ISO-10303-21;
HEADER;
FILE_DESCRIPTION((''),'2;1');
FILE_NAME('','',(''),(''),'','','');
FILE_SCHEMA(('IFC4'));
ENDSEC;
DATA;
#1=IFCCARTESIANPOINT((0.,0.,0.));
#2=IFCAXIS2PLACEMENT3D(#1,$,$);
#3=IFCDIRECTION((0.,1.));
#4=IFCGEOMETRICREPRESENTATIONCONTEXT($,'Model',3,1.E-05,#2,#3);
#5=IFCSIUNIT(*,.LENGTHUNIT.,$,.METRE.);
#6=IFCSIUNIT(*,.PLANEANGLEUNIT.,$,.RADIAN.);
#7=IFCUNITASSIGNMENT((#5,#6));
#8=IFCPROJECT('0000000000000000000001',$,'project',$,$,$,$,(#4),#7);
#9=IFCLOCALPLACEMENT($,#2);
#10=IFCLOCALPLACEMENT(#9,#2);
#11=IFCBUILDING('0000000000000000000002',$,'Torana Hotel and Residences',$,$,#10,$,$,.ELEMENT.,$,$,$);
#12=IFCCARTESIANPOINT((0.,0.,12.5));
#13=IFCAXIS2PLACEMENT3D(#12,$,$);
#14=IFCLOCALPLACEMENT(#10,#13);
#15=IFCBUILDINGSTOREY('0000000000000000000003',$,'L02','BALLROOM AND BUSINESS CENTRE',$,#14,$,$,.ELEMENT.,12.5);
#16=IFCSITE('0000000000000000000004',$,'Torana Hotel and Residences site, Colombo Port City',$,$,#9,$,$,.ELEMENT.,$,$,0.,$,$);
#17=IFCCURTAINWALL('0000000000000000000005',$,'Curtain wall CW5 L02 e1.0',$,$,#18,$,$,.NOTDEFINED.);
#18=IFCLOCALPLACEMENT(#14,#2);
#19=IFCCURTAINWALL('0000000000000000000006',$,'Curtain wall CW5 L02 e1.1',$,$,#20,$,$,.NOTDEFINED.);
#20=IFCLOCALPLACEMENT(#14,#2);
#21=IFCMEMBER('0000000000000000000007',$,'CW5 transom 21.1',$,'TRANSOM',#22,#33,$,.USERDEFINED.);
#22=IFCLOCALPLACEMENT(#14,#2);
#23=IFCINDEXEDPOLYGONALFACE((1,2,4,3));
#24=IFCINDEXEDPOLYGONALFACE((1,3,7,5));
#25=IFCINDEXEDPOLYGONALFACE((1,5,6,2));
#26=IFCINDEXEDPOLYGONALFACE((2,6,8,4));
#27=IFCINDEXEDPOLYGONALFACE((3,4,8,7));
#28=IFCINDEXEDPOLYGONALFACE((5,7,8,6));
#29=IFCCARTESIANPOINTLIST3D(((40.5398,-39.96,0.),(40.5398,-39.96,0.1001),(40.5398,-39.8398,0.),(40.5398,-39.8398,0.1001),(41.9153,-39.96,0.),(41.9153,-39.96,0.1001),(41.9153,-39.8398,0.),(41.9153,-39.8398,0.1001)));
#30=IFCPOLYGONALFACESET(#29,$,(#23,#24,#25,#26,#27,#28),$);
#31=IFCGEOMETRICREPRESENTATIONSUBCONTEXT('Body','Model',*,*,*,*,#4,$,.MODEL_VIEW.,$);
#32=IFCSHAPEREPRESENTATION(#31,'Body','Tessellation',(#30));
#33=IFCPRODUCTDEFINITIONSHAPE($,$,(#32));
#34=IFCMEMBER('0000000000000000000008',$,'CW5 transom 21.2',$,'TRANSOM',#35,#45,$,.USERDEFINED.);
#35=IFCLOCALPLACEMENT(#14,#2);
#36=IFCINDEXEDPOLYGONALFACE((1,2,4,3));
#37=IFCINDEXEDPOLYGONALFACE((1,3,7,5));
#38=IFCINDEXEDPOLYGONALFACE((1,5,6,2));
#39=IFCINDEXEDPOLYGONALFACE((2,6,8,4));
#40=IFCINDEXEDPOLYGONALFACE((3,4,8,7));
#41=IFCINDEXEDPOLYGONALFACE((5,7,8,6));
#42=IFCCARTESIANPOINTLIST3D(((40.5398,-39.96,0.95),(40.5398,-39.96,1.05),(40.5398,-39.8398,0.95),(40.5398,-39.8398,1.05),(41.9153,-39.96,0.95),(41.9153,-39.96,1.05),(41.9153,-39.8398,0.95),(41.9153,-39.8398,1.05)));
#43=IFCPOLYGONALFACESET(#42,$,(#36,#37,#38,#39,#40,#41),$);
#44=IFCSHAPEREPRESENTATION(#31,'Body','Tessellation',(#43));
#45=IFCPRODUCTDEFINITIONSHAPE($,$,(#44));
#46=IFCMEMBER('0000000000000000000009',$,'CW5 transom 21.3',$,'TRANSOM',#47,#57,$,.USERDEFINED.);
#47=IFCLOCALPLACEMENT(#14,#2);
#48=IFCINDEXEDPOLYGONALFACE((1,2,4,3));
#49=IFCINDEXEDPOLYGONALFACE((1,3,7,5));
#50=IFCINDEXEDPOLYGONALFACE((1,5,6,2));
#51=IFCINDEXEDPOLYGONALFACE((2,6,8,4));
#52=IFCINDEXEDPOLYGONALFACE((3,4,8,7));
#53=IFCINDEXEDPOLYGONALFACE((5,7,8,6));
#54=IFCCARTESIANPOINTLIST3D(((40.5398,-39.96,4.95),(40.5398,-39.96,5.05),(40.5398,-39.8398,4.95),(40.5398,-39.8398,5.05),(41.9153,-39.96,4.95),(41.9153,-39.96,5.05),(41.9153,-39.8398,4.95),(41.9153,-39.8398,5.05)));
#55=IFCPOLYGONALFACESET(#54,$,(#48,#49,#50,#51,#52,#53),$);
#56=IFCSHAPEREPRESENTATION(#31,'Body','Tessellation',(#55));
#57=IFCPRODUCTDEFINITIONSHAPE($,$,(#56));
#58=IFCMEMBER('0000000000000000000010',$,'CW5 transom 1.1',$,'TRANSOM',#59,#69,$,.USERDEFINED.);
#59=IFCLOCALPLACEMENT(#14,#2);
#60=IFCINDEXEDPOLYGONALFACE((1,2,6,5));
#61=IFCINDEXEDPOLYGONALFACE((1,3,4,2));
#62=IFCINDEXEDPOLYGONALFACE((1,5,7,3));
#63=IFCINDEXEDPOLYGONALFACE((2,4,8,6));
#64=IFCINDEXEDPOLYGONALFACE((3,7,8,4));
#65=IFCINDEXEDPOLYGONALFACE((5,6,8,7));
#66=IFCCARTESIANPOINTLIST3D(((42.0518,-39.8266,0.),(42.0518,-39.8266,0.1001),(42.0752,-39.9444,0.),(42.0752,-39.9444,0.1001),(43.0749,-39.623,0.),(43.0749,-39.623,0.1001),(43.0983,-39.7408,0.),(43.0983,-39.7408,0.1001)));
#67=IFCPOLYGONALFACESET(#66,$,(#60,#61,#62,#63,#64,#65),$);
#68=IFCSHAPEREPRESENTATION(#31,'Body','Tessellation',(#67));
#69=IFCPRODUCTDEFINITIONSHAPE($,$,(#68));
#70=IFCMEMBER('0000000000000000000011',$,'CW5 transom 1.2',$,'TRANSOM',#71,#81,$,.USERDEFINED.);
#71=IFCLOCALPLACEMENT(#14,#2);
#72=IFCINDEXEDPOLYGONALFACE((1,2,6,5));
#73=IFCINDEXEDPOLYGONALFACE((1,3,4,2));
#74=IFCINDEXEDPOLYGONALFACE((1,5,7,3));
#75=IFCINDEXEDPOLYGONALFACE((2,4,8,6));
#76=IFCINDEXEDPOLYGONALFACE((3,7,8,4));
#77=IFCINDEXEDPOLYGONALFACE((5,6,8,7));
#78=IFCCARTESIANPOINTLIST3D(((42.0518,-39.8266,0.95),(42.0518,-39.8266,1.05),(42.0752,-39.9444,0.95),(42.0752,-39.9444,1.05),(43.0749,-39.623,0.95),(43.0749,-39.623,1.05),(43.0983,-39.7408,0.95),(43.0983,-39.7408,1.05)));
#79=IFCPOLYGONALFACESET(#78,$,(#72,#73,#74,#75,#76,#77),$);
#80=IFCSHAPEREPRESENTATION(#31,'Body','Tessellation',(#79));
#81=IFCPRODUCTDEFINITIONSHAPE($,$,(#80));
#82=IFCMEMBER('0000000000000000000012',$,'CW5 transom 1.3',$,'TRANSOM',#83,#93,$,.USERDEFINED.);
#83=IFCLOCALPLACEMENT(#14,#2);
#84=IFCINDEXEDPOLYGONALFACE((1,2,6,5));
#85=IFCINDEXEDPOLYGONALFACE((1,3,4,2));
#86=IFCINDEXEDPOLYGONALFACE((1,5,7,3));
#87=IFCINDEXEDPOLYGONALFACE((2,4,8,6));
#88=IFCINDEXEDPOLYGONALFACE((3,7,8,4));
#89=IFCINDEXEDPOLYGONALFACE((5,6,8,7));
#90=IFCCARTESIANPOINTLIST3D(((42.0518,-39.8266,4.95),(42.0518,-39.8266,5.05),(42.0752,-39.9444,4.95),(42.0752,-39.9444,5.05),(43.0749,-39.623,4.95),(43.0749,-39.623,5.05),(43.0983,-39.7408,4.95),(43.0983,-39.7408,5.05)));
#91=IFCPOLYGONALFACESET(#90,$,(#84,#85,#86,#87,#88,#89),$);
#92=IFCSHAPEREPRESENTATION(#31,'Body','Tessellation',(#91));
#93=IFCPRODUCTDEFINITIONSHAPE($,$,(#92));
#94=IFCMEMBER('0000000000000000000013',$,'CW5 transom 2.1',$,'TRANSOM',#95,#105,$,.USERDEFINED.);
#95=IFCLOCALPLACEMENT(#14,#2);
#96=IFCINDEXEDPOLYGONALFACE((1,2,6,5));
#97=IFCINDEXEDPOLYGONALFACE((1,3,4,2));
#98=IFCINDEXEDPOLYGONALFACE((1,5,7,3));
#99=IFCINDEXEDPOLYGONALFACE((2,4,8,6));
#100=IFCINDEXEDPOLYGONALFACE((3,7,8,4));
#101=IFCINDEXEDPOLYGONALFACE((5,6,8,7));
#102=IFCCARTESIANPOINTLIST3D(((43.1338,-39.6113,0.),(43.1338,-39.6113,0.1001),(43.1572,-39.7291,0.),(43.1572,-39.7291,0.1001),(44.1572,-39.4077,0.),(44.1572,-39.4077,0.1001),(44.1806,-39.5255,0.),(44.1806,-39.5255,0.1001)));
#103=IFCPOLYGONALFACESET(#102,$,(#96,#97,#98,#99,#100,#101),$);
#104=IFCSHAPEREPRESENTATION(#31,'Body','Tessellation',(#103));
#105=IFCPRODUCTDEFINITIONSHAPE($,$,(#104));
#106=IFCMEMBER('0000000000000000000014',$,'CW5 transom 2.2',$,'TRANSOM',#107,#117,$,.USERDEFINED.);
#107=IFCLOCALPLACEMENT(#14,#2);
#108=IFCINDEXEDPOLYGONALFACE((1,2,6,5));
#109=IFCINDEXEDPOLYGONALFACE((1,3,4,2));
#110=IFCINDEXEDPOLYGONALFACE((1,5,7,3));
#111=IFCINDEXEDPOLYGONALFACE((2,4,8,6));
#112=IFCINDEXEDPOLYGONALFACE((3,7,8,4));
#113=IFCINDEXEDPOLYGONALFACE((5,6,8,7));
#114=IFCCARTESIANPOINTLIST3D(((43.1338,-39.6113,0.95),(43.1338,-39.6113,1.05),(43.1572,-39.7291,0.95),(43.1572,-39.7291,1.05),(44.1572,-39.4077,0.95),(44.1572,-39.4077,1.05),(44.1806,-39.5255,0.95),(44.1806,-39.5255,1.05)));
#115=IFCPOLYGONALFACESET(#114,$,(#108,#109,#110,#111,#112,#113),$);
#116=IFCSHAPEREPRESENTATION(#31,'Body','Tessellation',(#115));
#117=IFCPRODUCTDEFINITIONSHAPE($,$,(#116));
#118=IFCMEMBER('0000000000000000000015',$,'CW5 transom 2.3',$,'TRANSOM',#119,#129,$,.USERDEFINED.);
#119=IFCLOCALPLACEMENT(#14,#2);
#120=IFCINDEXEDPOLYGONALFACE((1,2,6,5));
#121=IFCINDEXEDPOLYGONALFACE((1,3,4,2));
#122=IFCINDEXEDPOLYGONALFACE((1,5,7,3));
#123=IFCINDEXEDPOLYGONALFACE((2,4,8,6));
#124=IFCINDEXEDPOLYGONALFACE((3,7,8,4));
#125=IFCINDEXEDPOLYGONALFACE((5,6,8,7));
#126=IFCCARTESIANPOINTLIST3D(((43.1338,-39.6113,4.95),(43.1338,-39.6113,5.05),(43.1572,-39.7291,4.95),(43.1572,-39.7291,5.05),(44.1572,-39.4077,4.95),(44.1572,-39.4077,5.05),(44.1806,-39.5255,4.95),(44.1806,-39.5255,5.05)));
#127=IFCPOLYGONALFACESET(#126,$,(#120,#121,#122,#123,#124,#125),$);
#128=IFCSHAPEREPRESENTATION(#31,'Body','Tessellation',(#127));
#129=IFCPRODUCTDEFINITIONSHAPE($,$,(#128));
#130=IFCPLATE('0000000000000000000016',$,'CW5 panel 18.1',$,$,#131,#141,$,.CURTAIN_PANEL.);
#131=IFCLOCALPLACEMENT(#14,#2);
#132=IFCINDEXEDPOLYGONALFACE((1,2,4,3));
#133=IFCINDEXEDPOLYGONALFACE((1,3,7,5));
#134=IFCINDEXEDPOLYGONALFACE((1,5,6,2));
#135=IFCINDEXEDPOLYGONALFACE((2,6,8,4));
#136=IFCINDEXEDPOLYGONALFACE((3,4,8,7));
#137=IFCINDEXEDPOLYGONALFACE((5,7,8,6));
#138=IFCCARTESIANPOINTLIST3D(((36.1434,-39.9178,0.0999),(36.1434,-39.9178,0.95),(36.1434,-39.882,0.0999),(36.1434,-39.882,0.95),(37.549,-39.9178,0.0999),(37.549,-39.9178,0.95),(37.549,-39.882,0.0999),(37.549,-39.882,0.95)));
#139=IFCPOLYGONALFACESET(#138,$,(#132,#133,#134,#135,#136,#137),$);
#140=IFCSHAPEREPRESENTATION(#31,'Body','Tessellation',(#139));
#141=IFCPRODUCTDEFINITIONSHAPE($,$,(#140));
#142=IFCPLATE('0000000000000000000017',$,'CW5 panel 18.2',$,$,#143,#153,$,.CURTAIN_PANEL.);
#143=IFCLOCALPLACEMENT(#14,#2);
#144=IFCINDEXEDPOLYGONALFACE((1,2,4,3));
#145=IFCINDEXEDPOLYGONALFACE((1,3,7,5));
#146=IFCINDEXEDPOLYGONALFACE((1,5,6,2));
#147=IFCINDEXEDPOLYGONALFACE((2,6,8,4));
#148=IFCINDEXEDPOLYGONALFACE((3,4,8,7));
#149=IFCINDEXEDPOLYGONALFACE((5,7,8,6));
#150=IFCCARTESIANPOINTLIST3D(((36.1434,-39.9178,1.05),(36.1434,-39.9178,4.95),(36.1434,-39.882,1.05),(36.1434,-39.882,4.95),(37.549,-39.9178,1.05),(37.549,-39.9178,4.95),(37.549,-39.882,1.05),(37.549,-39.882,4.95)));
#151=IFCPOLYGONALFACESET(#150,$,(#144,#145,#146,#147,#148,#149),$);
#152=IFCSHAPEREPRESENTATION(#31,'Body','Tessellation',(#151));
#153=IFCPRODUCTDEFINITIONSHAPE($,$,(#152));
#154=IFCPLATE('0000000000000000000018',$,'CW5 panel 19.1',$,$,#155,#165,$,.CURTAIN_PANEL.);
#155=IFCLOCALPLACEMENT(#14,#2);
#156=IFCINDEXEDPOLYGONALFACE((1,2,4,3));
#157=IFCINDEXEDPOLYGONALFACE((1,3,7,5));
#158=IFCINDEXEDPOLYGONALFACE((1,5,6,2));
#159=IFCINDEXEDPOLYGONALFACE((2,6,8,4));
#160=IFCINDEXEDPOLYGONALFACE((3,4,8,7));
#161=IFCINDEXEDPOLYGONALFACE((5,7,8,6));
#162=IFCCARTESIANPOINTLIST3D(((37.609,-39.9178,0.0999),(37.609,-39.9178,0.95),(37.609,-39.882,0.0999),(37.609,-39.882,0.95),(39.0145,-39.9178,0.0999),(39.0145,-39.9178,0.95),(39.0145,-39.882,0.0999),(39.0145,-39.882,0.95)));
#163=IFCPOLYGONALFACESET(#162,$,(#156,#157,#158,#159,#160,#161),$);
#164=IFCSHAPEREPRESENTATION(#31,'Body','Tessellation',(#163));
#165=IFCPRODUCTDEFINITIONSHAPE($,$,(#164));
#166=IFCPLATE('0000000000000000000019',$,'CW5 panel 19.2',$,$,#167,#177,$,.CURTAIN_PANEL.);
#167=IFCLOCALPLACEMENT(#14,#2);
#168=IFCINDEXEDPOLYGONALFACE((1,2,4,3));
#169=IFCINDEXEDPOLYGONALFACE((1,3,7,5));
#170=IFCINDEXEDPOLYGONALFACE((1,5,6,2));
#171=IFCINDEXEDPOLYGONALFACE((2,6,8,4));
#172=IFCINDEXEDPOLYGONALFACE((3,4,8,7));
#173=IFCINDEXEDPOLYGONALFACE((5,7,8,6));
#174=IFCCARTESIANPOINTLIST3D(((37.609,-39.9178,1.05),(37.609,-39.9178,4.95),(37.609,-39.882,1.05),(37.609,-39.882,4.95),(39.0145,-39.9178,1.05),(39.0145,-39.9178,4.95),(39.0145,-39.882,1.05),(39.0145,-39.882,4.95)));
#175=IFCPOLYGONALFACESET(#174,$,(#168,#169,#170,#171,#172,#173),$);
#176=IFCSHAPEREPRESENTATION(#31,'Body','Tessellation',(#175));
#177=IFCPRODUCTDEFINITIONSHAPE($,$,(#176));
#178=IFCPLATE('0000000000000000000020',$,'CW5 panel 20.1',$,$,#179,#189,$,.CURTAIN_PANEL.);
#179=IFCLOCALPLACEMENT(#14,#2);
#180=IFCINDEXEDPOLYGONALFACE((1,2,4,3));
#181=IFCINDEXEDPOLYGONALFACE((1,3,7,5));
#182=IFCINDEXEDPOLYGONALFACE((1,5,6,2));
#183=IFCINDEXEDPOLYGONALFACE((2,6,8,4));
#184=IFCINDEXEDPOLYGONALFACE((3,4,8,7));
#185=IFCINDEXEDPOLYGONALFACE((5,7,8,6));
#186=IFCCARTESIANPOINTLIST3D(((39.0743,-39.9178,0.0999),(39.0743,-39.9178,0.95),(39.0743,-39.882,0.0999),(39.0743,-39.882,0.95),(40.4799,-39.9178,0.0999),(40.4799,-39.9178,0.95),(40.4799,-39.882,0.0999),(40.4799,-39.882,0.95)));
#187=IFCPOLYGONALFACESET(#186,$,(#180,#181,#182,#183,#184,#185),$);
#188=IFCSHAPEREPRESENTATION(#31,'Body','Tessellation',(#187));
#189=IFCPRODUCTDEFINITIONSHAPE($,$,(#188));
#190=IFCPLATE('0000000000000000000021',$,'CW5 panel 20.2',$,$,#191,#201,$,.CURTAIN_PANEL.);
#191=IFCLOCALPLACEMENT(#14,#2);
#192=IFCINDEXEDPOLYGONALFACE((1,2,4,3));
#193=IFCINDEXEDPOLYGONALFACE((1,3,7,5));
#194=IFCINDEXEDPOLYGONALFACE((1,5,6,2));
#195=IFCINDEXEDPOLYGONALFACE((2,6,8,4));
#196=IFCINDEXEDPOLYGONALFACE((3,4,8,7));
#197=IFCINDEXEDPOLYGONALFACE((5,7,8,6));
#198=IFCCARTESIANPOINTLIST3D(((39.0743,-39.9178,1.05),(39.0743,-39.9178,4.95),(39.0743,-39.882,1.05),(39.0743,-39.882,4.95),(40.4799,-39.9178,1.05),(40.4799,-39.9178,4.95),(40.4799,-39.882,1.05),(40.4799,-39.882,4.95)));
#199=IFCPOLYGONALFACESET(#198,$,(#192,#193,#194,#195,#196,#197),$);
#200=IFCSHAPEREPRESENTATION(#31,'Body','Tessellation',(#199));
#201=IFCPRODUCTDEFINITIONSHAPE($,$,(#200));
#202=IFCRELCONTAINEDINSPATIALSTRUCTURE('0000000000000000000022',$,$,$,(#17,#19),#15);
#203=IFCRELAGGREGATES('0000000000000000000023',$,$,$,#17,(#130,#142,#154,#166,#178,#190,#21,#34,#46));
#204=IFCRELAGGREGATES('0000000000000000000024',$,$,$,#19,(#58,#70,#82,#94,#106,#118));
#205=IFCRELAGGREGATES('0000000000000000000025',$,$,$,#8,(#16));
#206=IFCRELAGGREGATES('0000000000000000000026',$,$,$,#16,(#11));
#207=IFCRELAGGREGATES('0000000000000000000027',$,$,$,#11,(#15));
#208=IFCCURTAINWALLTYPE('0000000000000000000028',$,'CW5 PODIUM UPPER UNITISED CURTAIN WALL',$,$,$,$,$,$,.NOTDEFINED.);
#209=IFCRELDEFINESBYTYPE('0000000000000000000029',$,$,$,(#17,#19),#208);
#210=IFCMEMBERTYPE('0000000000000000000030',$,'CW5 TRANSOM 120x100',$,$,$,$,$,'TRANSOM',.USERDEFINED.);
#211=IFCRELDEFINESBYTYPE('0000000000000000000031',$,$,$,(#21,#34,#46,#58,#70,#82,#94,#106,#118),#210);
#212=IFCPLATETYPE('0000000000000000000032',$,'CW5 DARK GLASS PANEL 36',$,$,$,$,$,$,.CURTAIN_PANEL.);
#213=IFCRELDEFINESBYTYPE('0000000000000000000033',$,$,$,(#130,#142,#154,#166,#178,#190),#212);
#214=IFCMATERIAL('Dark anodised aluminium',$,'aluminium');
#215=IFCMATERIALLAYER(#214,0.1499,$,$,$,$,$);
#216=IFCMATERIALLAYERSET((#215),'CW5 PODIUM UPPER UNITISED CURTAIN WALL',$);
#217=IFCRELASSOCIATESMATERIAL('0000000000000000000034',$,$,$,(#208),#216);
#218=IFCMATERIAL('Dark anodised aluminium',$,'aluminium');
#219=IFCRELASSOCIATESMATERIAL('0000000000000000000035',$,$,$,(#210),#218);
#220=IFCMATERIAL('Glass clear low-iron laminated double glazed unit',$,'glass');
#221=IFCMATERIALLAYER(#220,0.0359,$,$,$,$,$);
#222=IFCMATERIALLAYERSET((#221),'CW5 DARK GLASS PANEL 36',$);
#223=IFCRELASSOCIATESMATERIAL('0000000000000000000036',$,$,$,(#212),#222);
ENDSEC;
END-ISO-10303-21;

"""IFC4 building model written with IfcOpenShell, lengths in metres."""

from ifc_helpers import new_model, si_unit, direction, frame, origin, origin_2d, place, context, subcontext, project, spatial, rectangle, extrude, material, layer, layer_set, material_profile, profile_set, type_object, element, aggregate, save


model = new_model("IFC4")

# Units and contexts
model_context = context("Model", 3, precision=1e-05, world=origin(), true_north=direction((0.0, 1.0)))
body_context = subcontext(model_context, "Body", "Model", "MODEL_VIEW")
ifc_project = project(units=[si_unit("LENGTHUNIT", "METRE"), si_unit("PLANEANGLEUNIT", "RADIAN")], contexts=[model_context])

# Site, building, storey
site_placement = place(None, origin())
site = spatial("IfcSite", under=ifc_project, at=site_placement, Name="Torana Hotel and Residences site, Colombo Port City", CompositionType="ELEMENT", RefElevation=0.0)
building_placement = place(site_placement, origin())
building = spatial("IfcBuilding", under=site, at=building_placement, Name="Torana Hotel and Residences", CompositionType="ELEMENT")
storey_placement = place(building_placement, frame((0.0, 0.0, 12.5)))
storey = spatial("IfcBuildingStorey", under=building, at=storey_placement, Name="L02", Description="BALLROOM AND BUSINESS CENTRE", CompositionType="ELEMENT", Elevation=12.5)

# Curtain walls
ifc_material_1 = material(Name="Dark anodised aluminium", Category="aluminium")
ifc_layer_1 = layer(ifc_material_1, 0.1499)
ifc_layer_set_1 = layer_set([ifc_layer_1], Name="CW5 PODIUM UPPER UNITISED CURTAIN WALL")
curtain_wall_type = type_object("IfcCurtainWallType", Name="CW5 PODIUM UPPER UNITISED CURTAIN WALL", PredefinedType="NOTDEFINED", material=ifc_layer_set_1)
curtain_wall_1_placement = place(storey_placement, origin())
curtain_wall_1 = element("IfcCurtainWall", 1, at=curtain_wall_1_placement, inside=storey, type_object=curtain_wall_type, Name="Curtain wall CW5 L02 e1.0", PredefinedType="NOTDEFINED")
curtain_wall_2_placement = place(storey_placement, origin())
curtain_wall_2 = element("IfcCurtainWall", 2, at=curtain_wall_2_placement, inside=storey, type_object=curtain_wall_type, Name="Curtain wall CW5 L02 e1.1", PredefinedType="NOTDEFINED")

# Members
ifc_material_2 = material(Name="Dark anodised aluminium", Category="aluminium")
ifc_material_profile_1 = material_profile(ifc_material_2, rectangle(XDim=0.1201, YDim=0.1001, at=origin_2d()), Name="CW5 TRANSOM 120x100")
ifc_profile_set_1 = profile_set([ifc_material_profile_1], Name="Dark anodised aluminium")
member_type_1 = type_object("IfcMemberType", Name="CW5 TRANSOM 120x100", ElementType="TRANSOM", PredefinedType="USERDEFINED", material=ifc_profile_set_1)
member_1_placement = place(storey_placement, frame((40.5398, -39.8999, 0.05), z_axis=(1.0, 0.0, 0.0), x_axis=(0.0, 1.0, 0.0)))
member_1 = element("IfcMember", 3, at=member_1_placement, type_object=member_type_1, Name="CW5 transom 21.1", ObjectType="TRANSOM", PredefinedType="USERDEFINED", context=body_context, shape_type="SweptSolid", body=[
    extrude(rectangle(XDim=0.1201, YDim=0.1001, at=origin_2d()), origin(), (0.0, 0.0, 1.0), 1.3755),
])
member_2_placement = place(storey_placement, frame((40.5398, -39.8999, 1.0), z_axis=(1.0, 0.0, 0.0), x_axis=(0.0, 1.0, 0.0)))
member_2 = element("IfcMember", 4, at=member_2_placement, type_object=member_type_1, Name="CW5 transom 21.2", ObjectType="TRANSOM", PredefinedType="USERDEFINED", context=body_context, shape_type="SweptSolid", body=[
    extrude(rectangle(XDim=0.1201, YDim=0.1001, at=origin_2d()), origin(), (0.0, 0.0, 1.0), 1.3755),
])
member_3_placement = place(storey_placement, frame((40.5398, -39.8999, 5.0), z_axis=(1.0, 0.0, 0.0), x_axis=(0.0, 1.0, 0.0)))
member_3 = element("IfcMember", 5, at=member_3_placement, type_object=member_type_1, Name="CW5 transom 21.3", ObjectType="TRANSOM", PredefinedType="USERDEFINED", context=body_context, shape_type="SweptSolid", body=[
    extrude(rectangle(XDim=0.1201, YDim=0.1001, at=origin_2d()), origin(), (0.0, 0.0, 1.0), 1.3755),
])
member_4_placement = place(storey_placement, frame((42.0635, -39.8855, 0.05), z_axis=(0.980769, 0.195171, 0.0), x_axis=(-0.195171, 0.980769, 0.0)))
member_4 = element("IfcMember", 6, at=member_4_placement, type_object=member_type_1, Name="CW5 transom 1.1", ObjectType="TRANSOM", PredefinedType="USERDEFINED", context=body_context, shape_type="SweptSolid", body=[
    extrude(rectangle(XDim=0.1201, YDim=0.1001, at=origin_2d()), origin(), (0.0, 0.0, 1.0), 1.0432),
])
member_5_placement = place(storey_placement, frame((42.0635, -39.8855, 1.0), z_axis=(0.980769, 0.195171, 0.0), x_axis=(-0.195171, 0.980769, 0.0)))
member_5 = element("IfcMember", 7, at=member_5_placement, type_object=member_type_1, Name="CW5 transom 1.2", ObjectType="TRANSOM", PredefinedType="USERDEFINED", context=body_context, shape_type="SweptSolid", body=[
    extrude(rectangle(XDim=0.1201, YDim=0.1001, at=origin_2d()), origin(), (0.0, 0.0, 1.0), 1.0432),
])
member_6_placement = place(storey_placement, frame((42.0635, -39.8855, 5.0), z_axis=(0.980769, 0.195171, 0.0), x_axis=(-0.195171, 0.980769, 0.0)))
member_6 = element("IfcMember", 8, at=member_6_placement, type_object=member_type_1, Name="CW5 transom 1.3", ObjectType="TRANSOM", PredefinedType="USERDEFINED", context=body_context, shape_type="SweptSolid", body=[
    extrude(rectangle(XDim=0.1201, YDim=0.1001, at=origin_2d()), origin(), (0.0, 0.0, 1.0), 1.0432),
])
member_7_placement = place(storey_placement, frame((43.1455, -39.6702, 0.05), z_axis=(0.980778, 0.195126, 0.0), x_axis=(-0.195126, 0.980778, 0.0)))
member_7 = element("IfcMember", 9, at=member_7_placement, type_object=member_type_1, Name="CW5 transom 2.1", ObjectType="TRANSOM", PredefinedType="USERDEFINED", context=body_context, shape_type="SweptSolid", body=[
    extrude(rectangle(XDim=0.1201, YDim=0.1001, at=origin_2d()), origin(), (0.0, 0.0, 1.0), 1.0435),
])
member_8_placement = place(storey_placement, frame((43.1455, -39.6702, 1.0), z_axis=(0.980778, 0.195126, 0.0), x_axis=(-0.195126, 0.980778, 0.0)))
member_8 = element("IfcMember", 10, at=member_8_placement, type_object=member_type_1, Name="CW5 transom 2.2", ObjectType="TRANSOM", PredefinedType="USERDEFINED", context=body_context, shape_type="SweptSolid", body=[
    extrude(rectangle(XDim=0.1201, YDim=0.1001, at=origin_2d()), origin(), (0.0, 0.0, 1.0), 1.0435),
])
member_9_placement = place(storey_placement, frame((43.1455, -39.6702, 5.0), z_axis=(0.980778, 0.195126, 0.0), x_axis=(-0.195126, 0.980778, 0.0)))
member_9 = element("IfcMember", 11, at=member_9_placement, type_object=member_type_1, Name="CW5 transom 2.3", ObjectType="TRANSOM", PredefinedType="USERDEFINED", context=body_context, shape_type="SweptSolid", body=[
    extrude(rectangle(XDim=0.1201, YDim=0.1001, at=origin_2d()), origin(), (0.0, 0.0, 1.0), 1.0435),
])

# Plates
ifc_material_3 = material(Name="Glass clear low-iron laminated double glazed unit", Category="glass")
ifc_layer_2 = layer(ifc_material_3, 0.0359)
ifc_layer_set_2 = layer_set([ifc_layer_2], Name="CW5 DARK GLASS PANEL 36")
plate_type = type_object("IfcPlateType", Name="CW5 DARK GLASS PANEL 36", PredefinedType="CURTAIN_PANEL", material=ifc_layer_set_2)
plate_1_placement = place(storey_placement, frame((36.8462, -39.8999, 0.0999), z_axis=(0.0, 0.0, 1.0), x_axis=(1.0, 0.0, 0.0)))
plate_1 = element("IfcPlate", 12, at=plate_1_placement, type_object=plate_type, Name="CW5 panel 18.1", PredefinedType="CURTAIN_PANEL", context=body_context, shape_type="SweptSolid", body=[
    extrude(rectangle(XDim=1.4055, YDim=0.0359, at=origin_2d()), origin(), (0.0, 0.0, 1.0), 0.8501),
])
plate_2_placement = place(storey_placement, frame((36.8462, -39.8999, 1.05), z_axis=(0.0, 0.0, 1.0), x_axis=(1.0, 0.0, 0.0)))
plate_2 = element("IfcPlate", 13, at=plate_2_placement, type_object=plate_type, Name="CW5 panel 18.2", PredefinedType="CURTAIN_PANEL", context=body_context, shape_type="SweptSolid", body=[
    extrude(rectangle(XDim=1.4055, YDim=0.0359, at=origin_2d()), origin(), (0.0, 0.0, 1.0), 3.8999),
])
plate_3_placement = place(storey_placement, frame((38.3118, -39.8999, 0.0999), z_axis=(0.0, 0.0, 1.0), x_axis=(1.0, 0.0, 0.0)))
plate_3 = element("IfcPlate", 14, at=plate_3_placement, type_object=plate_type, Name="CW5 panel 19.1", PredefinedType="CURTAIN_PANEL", context=body_context, shape_type="SweptSolid", body=[
    extrude(rectangle(XDim=1.4055, YDim=0.0359, at=origin_2d()), origin(), (0.0, 0.0, 1.0), 0.8501),
])
plate_4_placement = place(storey_placement, frame((38.3118, -39.8999, 1.05), z_axis=(0.0, 0.0, 1.0), x_axis=(1.0, 0.0, 0.0)))
plate_4 = element("IfcPlate", 15, at=plate_4_placement, type_object=plate_type, Name="CW5 panel 19.2", PredefinedType="CURTAIN_PANEL", context=body_context, shape_type="SweptSolid", body=[
    extrude(rectangle(XDim=1.4055, YDim=0.0359, at=origin_2d()), origin(), (0.0, 0.0, 1.0), 3.8999),
])
plate_5_placement = place(storey_placement, frame((39.7771, -39.8999, 0.0999), z_axis=(0.0, 0.0, 1.0), x_axis=(1.0, 0.0, 0.0)))
plate_5 = element("IfcPlate", 16, at=plate_5_placement, type_object=plate_type, Name="CW5 panel 20.1", PredefinedType="CURTAIN_PANEL", context=body_context, shape_type="SweptSolid", body=[
    extrude(rectangle(XDim=1.4055, YDim=0.0359, at=origin_2d()), origin(), (0.0, 0.0, 1.0), 0.8501),
])
plate_6_placement = place(storey_placement, frame((39.7771, -39.8999, 1.05), z_axis=(0.0, 0.0, 1.0), x_axis=(1.0, 0.0, 0.0)))
plate_6 = element("IfcPlate", 17, at=plate_6_placement, type_object=plate_type, Name="CW5 panel 20.2", PredefinedType="CURTAIN_PANEL", context=body_context, shape_type="SweptSolid", body=[
    extrude(rectangle(XDim=1.4055, YDim=0.0359, at=origin_2d()), origin(), (0.0, 0.0, 1.0), 3.8999),
])
aggregate(curtain_wall_1, [plate_1, plate_2, plate_3, plate_4, plate_5, plate_6, member_1, member_2, member_3])
aggregate(curtain_wall_2, [member_4, member_5, member_6, member_7, member_8, member_9])

save(model, "model.ifc")
